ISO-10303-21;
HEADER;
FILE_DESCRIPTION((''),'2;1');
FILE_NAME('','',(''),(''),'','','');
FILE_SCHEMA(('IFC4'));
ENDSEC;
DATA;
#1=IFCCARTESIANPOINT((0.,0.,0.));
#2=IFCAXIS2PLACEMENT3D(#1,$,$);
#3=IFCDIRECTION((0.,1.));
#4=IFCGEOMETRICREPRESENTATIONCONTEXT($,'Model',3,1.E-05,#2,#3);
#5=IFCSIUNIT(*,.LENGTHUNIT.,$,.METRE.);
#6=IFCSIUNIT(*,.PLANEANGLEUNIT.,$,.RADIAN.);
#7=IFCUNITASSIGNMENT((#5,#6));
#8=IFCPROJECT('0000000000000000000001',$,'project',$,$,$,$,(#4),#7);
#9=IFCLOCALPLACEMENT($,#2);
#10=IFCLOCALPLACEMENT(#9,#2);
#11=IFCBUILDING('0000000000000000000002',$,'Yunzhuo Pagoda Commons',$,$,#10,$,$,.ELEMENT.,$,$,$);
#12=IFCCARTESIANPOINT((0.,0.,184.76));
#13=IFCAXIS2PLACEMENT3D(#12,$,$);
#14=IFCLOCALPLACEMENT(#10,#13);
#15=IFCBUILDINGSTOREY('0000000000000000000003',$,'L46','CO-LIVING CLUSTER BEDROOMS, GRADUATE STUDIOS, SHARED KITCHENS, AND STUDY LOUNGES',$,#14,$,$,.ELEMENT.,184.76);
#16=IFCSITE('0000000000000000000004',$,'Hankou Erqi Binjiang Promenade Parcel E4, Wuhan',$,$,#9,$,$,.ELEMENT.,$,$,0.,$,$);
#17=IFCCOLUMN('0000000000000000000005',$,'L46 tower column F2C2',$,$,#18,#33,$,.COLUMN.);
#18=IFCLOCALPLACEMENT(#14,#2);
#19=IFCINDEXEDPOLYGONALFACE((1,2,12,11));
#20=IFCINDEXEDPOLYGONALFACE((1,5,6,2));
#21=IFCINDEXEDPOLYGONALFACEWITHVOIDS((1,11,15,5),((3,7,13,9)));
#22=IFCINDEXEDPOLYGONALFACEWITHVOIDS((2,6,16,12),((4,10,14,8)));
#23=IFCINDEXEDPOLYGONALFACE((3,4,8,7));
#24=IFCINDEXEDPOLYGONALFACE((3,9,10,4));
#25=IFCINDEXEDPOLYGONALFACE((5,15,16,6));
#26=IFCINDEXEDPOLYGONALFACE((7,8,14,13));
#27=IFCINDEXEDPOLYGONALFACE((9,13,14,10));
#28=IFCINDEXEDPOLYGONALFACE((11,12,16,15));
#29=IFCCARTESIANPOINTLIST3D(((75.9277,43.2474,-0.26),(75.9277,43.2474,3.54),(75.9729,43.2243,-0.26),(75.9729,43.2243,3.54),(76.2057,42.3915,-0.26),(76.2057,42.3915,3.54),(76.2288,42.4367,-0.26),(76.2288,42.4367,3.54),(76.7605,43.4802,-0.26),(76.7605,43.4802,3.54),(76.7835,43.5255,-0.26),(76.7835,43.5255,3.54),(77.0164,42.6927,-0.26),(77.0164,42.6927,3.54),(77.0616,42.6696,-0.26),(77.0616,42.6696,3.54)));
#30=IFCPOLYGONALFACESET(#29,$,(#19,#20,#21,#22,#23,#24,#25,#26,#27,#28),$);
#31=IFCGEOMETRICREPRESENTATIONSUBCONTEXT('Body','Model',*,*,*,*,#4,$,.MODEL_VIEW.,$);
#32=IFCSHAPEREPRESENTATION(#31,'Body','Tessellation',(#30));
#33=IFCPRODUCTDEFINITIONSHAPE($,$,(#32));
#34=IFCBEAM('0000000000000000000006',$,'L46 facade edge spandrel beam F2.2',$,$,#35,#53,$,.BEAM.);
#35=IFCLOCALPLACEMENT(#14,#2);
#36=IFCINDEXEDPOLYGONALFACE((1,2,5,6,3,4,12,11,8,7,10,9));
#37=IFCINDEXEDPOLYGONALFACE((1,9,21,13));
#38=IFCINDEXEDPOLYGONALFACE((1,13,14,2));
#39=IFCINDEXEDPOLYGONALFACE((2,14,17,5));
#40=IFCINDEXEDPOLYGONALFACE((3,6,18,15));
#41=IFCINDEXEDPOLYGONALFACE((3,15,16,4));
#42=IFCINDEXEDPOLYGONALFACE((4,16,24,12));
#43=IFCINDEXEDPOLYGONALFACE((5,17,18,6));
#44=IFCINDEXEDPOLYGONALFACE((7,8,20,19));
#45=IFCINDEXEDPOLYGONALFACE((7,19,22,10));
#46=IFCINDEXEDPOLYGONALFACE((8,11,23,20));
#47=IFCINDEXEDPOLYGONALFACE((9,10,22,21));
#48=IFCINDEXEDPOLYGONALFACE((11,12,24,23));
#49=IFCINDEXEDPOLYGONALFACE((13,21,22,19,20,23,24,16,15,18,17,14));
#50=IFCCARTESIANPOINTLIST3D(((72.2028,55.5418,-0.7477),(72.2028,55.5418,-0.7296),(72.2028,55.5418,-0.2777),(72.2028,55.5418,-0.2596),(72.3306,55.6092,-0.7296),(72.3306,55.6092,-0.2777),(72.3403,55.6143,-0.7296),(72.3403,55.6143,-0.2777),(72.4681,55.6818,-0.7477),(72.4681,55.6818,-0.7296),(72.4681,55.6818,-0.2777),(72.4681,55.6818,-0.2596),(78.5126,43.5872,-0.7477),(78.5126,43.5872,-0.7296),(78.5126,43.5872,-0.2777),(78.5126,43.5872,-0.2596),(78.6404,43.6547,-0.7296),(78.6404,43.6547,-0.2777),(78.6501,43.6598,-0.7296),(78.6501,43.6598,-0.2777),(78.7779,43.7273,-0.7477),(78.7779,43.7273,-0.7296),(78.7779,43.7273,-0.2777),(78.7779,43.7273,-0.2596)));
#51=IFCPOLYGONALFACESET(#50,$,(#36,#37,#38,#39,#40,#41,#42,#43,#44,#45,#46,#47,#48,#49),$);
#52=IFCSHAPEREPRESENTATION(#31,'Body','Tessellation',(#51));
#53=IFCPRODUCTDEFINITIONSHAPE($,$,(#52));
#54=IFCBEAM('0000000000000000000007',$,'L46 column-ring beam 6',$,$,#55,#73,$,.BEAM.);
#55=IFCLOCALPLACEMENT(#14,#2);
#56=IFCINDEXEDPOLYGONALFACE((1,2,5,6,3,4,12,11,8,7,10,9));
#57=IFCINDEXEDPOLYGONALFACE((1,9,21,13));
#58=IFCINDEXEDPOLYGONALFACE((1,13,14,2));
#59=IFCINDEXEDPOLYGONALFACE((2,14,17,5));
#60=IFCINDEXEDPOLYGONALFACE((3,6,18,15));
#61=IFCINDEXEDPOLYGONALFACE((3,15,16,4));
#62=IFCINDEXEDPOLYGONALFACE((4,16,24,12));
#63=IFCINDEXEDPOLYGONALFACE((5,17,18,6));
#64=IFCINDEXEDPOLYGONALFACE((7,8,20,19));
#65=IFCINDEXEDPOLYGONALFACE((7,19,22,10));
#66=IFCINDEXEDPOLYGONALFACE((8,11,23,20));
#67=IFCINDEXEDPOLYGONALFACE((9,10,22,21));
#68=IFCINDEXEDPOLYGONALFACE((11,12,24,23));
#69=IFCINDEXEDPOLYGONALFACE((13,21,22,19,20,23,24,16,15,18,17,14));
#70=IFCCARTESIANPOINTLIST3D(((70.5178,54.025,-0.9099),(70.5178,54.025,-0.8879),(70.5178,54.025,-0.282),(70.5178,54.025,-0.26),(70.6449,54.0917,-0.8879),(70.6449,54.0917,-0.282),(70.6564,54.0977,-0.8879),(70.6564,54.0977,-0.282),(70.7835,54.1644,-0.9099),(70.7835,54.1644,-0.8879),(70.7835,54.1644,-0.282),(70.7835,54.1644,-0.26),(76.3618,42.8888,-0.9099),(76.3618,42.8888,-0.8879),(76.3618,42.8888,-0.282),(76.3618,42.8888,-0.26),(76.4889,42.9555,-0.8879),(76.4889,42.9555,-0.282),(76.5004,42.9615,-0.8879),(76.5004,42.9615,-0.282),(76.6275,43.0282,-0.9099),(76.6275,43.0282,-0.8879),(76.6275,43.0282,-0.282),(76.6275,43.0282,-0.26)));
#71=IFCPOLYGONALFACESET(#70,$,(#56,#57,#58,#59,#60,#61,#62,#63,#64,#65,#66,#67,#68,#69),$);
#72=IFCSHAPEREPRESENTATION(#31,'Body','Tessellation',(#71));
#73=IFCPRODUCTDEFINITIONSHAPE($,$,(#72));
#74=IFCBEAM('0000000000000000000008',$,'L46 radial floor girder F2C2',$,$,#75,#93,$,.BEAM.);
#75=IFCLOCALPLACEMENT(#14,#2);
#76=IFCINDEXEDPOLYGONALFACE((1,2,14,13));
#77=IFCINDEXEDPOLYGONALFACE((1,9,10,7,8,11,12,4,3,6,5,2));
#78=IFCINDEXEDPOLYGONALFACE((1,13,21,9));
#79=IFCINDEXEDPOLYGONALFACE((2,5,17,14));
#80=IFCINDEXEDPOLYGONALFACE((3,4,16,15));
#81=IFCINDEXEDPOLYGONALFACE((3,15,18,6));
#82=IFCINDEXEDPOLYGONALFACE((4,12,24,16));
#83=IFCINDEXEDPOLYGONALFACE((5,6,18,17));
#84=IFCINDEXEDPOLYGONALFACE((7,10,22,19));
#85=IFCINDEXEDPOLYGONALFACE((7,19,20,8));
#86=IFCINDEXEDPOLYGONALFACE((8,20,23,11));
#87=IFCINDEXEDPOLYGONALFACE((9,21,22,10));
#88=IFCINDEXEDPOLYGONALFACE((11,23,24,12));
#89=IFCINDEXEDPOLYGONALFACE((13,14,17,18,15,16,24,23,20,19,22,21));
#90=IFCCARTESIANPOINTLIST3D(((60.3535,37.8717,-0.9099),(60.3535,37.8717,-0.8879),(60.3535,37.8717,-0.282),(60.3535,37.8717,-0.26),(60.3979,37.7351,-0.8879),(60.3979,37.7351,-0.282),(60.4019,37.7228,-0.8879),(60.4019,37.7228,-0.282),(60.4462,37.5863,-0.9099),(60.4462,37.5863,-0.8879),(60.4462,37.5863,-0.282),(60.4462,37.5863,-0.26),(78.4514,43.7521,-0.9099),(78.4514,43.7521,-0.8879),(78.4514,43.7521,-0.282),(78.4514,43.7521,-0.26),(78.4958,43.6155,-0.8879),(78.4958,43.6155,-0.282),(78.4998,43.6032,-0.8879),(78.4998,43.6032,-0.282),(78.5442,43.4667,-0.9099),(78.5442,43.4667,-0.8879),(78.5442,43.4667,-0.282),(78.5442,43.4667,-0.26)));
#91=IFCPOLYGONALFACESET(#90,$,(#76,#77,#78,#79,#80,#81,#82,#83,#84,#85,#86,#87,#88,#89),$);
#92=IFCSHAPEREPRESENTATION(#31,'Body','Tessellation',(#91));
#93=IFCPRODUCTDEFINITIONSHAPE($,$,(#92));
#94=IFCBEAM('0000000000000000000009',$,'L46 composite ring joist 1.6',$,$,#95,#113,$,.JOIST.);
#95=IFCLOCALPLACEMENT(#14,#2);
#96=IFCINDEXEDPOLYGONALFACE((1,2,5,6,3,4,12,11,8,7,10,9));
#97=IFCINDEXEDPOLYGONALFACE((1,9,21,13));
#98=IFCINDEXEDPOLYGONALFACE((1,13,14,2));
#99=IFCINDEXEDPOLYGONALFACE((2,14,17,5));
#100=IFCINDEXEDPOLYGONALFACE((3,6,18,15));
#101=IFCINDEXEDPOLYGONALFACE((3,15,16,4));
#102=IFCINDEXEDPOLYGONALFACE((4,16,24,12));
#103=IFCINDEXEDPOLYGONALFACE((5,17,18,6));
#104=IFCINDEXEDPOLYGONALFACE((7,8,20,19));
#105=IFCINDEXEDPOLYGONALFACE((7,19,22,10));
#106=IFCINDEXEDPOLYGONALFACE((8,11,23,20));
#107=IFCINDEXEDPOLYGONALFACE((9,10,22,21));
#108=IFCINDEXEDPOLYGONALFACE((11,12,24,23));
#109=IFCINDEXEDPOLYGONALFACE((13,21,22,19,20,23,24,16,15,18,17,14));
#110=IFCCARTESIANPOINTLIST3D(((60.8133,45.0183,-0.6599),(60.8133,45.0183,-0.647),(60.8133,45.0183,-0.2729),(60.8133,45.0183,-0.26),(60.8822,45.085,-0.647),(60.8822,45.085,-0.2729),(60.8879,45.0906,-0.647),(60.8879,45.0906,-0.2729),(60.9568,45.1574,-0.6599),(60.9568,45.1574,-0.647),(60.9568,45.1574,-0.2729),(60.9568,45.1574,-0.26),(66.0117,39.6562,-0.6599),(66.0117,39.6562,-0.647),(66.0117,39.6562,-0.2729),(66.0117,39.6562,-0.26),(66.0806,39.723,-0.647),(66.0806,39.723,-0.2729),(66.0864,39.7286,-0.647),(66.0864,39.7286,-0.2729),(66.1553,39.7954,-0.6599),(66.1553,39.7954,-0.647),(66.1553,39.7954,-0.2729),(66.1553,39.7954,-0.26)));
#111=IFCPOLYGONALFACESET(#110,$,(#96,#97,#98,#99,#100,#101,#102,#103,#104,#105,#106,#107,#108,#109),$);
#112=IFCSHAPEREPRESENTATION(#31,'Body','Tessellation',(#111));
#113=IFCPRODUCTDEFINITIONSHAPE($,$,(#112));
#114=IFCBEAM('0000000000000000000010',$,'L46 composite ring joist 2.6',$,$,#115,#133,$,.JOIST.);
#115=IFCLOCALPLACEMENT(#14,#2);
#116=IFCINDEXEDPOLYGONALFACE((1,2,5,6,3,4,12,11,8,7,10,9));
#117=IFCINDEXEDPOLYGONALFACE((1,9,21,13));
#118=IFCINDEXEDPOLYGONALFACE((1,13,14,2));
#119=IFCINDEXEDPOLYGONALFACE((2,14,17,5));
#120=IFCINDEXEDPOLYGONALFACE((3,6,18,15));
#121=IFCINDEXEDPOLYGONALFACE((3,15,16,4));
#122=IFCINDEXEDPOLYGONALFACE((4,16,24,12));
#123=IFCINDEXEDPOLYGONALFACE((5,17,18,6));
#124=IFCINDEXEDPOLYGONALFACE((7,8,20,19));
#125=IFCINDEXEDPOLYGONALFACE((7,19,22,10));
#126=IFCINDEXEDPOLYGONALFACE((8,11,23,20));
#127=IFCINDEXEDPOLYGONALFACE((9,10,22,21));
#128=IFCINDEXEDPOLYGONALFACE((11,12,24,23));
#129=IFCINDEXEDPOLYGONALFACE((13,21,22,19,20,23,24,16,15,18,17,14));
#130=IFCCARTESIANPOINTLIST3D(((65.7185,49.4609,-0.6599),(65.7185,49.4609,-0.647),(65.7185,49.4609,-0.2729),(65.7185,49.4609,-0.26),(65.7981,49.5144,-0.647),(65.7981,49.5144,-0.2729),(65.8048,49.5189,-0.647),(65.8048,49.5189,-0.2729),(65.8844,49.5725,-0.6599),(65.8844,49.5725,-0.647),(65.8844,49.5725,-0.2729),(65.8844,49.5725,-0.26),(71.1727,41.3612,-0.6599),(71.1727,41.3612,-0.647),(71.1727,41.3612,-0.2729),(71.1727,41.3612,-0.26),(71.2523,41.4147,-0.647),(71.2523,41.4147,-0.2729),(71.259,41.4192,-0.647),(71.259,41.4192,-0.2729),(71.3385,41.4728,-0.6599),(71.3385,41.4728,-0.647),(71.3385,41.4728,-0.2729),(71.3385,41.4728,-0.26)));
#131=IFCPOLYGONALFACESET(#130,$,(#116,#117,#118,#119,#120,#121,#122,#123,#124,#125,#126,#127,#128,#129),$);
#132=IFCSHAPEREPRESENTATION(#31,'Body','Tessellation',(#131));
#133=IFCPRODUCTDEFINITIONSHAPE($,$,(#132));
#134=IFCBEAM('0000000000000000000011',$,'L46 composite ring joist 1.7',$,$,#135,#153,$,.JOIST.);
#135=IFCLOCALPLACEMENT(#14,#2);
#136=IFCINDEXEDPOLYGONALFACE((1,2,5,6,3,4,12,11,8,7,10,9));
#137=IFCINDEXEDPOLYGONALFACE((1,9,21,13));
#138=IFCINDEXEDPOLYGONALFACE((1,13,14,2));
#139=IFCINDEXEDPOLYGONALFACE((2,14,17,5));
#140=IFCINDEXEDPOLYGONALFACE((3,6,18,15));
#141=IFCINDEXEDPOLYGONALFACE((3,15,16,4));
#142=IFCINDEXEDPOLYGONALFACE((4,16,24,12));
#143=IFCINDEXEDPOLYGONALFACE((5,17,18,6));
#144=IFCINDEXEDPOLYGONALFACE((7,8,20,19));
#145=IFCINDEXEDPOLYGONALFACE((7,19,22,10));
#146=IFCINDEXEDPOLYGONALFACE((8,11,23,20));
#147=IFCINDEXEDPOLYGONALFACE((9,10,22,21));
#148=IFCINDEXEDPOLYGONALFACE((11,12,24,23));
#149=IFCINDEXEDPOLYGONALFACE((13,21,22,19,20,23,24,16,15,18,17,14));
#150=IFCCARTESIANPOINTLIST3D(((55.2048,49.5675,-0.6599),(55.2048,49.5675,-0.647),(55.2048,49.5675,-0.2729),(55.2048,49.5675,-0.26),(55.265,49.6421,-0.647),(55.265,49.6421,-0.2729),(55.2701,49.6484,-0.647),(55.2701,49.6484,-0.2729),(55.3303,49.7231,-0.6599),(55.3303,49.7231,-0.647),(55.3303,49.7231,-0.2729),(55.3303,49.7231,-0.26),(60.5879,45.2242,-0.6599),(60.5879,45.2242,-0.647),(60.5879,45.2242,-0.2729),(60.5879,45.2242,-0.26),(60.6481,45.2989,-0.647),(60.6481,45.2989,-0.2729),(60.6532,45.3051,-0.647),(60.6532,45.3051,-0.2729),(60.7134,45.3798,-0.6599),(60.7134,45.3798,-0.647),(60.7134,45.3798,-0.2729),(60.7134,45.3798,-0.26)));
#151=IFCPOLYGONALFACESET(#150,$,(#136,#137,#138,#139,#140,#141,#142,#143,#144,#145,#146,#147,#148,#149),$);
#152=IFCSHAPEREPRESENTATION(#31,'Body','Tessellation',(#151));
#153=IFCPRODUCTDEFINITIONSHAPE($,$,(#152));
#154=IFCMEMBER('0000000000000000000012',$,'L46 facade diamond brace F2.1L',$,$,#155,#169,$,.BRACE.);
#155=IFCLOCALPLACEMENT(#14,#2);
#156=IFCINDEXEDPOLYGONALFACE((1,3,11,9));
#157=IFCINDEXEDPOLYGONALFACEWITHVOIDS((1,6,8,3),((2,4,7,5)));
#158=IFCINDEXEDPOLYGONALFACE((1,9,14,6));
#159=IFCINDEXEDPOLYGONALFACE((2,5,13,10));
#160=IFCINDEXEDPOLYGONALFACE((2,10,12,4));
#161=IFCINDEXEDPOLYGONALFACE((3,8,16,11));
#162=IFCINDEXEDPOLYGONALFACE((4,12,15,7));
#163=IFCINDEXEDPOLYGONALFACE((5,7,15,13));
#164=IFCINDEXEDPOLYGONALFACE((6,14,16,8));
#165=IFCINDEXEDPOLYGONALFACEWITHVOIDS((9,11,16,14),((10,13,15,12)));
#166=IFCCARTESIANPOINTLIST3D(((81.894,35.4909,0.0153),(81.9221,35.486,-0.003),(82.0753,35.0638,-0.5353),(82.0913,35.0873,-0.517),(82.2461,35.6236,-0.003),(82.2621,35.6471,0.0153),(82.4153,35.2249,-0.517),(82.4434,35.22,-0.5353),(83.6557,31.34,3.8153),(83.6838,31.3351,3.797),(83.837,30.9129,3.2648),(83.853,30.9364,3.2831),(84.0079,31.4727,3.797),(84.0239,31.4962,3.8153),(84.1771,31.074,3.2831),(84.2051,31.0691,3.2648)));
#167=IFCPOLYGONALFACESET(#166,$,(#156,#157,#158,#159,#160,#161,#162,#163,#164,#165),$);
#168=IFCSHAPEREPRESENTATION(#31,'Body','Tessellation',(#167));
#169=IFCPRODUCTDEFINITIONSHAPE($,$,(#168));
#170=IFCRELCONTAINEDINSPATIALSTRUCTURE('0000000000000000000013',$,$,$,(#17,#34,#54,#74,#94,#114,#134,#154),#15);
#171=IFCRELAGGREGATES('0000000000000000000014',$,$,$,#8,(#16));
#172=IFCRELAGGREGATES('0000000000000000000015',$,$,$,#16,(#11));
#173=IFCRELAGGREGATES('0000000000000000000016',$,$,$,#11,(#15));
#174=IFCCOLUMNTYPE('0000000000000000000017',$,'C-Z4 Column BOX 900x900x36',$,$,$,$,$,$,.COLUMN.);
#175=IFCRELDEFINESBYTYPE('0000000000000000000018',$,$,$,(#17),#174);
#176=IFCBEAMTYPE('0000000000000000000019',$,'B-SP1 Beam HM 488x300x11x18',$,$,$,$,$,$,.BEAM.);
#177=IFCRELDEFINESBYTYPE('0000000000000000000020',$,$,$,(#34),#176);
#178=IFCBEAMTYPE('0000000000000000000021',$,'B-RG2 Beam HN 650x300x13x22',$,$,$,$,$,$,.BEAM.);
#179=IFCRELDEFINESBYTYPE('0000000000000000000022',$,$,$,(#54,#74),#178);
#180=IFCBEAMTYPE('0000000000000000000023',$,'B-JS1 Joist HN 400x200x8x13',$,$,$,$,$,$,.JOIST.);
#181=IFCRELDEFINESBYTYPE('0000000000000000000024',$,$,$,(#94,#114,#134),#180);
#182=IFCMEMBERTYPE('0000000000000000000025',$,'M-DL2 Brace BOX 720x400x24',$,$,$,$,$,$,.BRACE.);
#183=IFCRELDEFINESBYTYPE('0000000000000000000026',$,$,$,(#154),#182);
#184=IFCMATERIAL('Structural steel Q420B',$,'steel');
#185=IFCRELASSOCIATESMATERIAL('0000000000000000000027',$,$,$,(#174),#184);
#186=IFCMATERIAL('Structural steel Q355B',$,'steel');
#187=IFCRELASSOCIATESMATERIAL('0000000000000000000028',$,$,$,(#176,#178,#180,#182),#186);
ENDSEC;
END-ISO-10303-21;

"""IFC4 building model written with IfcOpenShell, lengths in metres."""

from ifc_helpers import new_model, si_unit, direction, frame, origin, origin_2d, place, context, subcontext, project, spatial, hollow_rectangle, i_section, extrude, source, transform, mapped, material, material_profile, profile_set, type_object, element, save


model = new_model("IFC4")

# Units and contexts
model_context = context("Model", 3, precision=1e-05, world=origin(), true_north=direction((0.0, 1.0)))
body_context = subcontext(model_context, "Body", "Model", "MODEL_VIEW")
ifc_project = project(units=[si_unit("LENGTHUNIT", "METRE"), si_unit("PLANEANGLEUNIT", "RADIAN")], contexts=[model_context])

# Site, building, storey
site_placement = place(None, origin())
site = spatial("IfcSite", under=ifc_project, at=site_placement, Name="Hankou Erqi Binjiang Promenade Parcel E4, Wuhan", CompositionType="ELEMENT", RefElevation=0.0)
building_placement = place(site_placement, origin())
building = spatial("IfcBuilding", under=site, at=building_placement, Name="Yunzhuo Pagoda Commons", CompositionType="ELEMENT")
storey_placement = place(building_placement, frame((0.0, 0.0, 184.76)))
storey = spatial("IfcBuildingStorey", under=building, at=storey_placement, Name="L46", Description="CO-LIVING CLUSTER BEDROOMS, GRADUATE STUDIOS, SHARED KITCHENS, AND STUDY LOUNGES", CompositionType="ELEMENT", Elevation=184.76)

# Column
ifc_material_1 = material(Name="Structural steel Q420B", Category="steel")
ifc_material_profile_1 = material_profile(ifc_material_1, hollow_rectangle(XDim=0.8999, YDim=0.8999, WallThickness=0.0359, at=origin_2d()), Name="Structural steel Q420B")
ifc_profile_set_1 = profile_set([ifc_material_profile_1], Name="Structural steel Q420B")
column_type = type_object("IfcColumnType", Name="C-Z4 Column BOX 900x900x36", PredefinedType="COLUMN", material=ifc_profile_set_1)
shared_shape_1 = source(origin(), body_context, "Body", "SweptSolid", [
    extrude(hollow_rectangle(XDim=0.8999, YDim=0.8999, WallThickness=0.0359, at=origin_2d()), origin(), (0.0, 0.0, 1.0), 3.8),
])
column_placement = place(storey_placement, frame((76.4946, 42.9585, -0.26), z_axis=(0.0, 0.0, 1.0), x_axis=(-0.309017, 0.951057, 0.0)))
element("IfcColumn", 1, at=column_placement, inside=storey, type_object=column_type, Name="L46 tower column F2C2", PredefinedType="COLUMN", context=body_context, shape_type="MappedRepresentation", body=[
    mapped(shared_shape_1, transform((0.0, 0.0, 0.0), scale=1.0)),
])

# Beams
ifc_material_2 = material(Name="Structural steel Q355B", Category="steel")
ifc_material_profile_2 = material_profile(ifc_material_2, i_section(OverallWidth=0.3, OverallDepth=0.488, WebThickness=0.011, FlangeThickness=0.0181, at=origin_2d()), Name="Structural steel Q355B")
ifc_profile_set_2 = profile_set([ifc_material_profile_2], Name="Structural steel Q355B")
beam_type_1 = type_object("IfcBeamType", Name="B-SP1 Beam HM 488x300x11x18", PredefinedType="BEAM", material=ifc_profile_set_2)
shared_shape_2 = source(origin(), body_context, "Body", "SweptSolid", [
    extrude(i_section(OverallWidth=0.3, OverallDepth=0.488, WebThickness=0.011, FlangeThickness=0.0181, at=origin_2d()), origin(), (0.0, 0.0, 1.0), 13.5176),
])
beam_1_placement = place(storey_placement, frame((78.6453, 43.6572, -0.5037), z_axis=(-0.466785, 0.884371, 0.0), x_axis=(-0.884371, -0.466785, 0.0)))
element("IfcBeam", 2, at=beam_1_placement, inside=storey, type_object=beam_type_1, Name="L46 facade edge spandrel beam F2.2", PredefinedType="BEAM", context=body_context, shape_type="MappedRepresentation", body=[
    mapped(shared_shape_2, transform((0.0, 0.0, 0.0), scale=1.0)),
])
ifc_material_profile_3 = material_profile(ifc_material_2, i_section(OverallWidth=0.3, OverallDepth=0.6499, WebThickness=0.0129, FlangeThickness=0.022, at=origin_2d()), Name="Structural steel Q355B")
ifc_profile_set_3 = profile_set([ifc_material_profile_3], Name="Structural steel Q355B")
beam_type_2 = type_object("IfcBeamType", Name="B-RG2 Beam HN 650x300x13x22", PredefinedType="BEAM", material=ifc_profile_set_3)
shared_shape_3 = source(origin(), body_context, "Body", "SweptSolid", [
    extrude(i_section(OverallWidth=0.3, OverallDepth=0.6499, WebThickness=0.0129, FlangeThickness=0.022, at=origin_2d()), origin(), (0.0, 0.0, 1.0), 12.5764),
])
beam_2_placement = place(storey_placement, frame((76.4946, 42.9585, -0.585), z_axis=(-0.464676, 0.885481, 0.0), x_axis=(-0.885481, -0.464676, 0.0)))
element("IfcBeam", 3, at=beam_2_placement, inside=storey, type_object=beam_type_2, Name="L46 column-ring beam 6", PredefinedType="BEAM", context=body_context, shape_type="MappedRepresentation", body=[
    mapped(shared_shape_3, transform((0.0, 0.0, 0.0), scale=1.0)),
])
shared_shape_4 = source(origin(), body_context, "Body", "SweptSolid", [
    extrude(i_section(OverallWidth=0.3, OverallDepth=0.6499, WebThickness=0.0129, FlangeThickness=0.022, at=origin_2d()), origin(), (0.0, 0.0, 1.0), 19.0293),
])
beam_3_placement = place(storey_placement, frame((78.4978, 43.6094, -0.585), z_axis=(-0.951056, -0.309017, 0.0), x_axis=(0.309017, -0.951056, 0.0)))
element("IfcBeam", 4, at=beam_3_placement, inside=storey, type_object=beam_type_2, Name="L46 radial floor girder F2C2", PredefinedType="BEAM", context=body_context, shape_type="MappedRepresentation", body=[
    mapped(shared_shape_4, transform((0.0, 0.0, 0.0), scale=1.0)),
])
ifc_material_profile_4 = material_profile(ifc_material_2, i_section(OverallWidth=0.2, OverallDepth=0.3999, WebThickness=0.0081, FlangeThickness=0.0129, at=origin_2d()), Name="Structural steel Q355B")
ifc_profile_set_4 = profile_set([ifc_material_profile_4], Name="Structural steel Q355B")
beam_type_3 = type_object("IfcBeamType", Name="B-JS1 Joist HN 400x200x8x13", PredefinedType="JOIST", material=ifc_profile_set_4)
shared_shape_5 = source(origin(), body_context, "Body", "SweptSolid", [
    extrude(i_section(OverallWidth=0.2, OverallDepth=0.3999, WebThickness=0.0081, FlangeThickness=0.0129, at=origin_2d()), origin(), (0.0, 0.0, 1.0), 7.4683),
])
beam_4_placement = place(storey_placement, frame((66.0835, 39.7258, -0.46), z_axis=(-0.696071, 0.717973, 0.0), x_axis=(-0.717973, -0.696071, 0.0)))
element("IfcBeam", 5, at=beam_4_placement, inside=storey, type_object=beam_type_3, Name="L46 composite ring joist 1.6", PredefinedType="JOIST", context=body_context, shape_type="MappedRepresentation", body=[
    mapped(shared_shape_5, transform((0.0, 0.0, 0.0), scale=1.0)),
])
shared_shape_6 = source(origin(), body_context, "Body", "SweptSolid", [
    extrude(i_section(OverallWidth=0.2, OverallDepth=0.3999, WebThickness=0.0081, FlangeThickness=0.0129, at=origin_2d()), origin(), (0.0, 0.0, 1.0), 9.7649),
])
beam_5_placement = place(storey_placement, frame((71.2556, 41.417, -0.46), z_axis=(-0.558548, 0.829472, 0.0), x_axis=(-0.829472, -0.558548, 0.0)))
element("IfcBeam", 6, at=beam_5_placement, inside=storey, type_object=beam_type_3, Name="L46 composite ring joist 2.6", PredefinedType="JOIST", context=body_context, shape_type="MappedRepresentation", body=[
    mapped(shared_shape_6, transform((0.0, 0.0, 0.0), scale=1.0)),
])
shared_shape_7 = source(origin(), body_context, "Body", "SweptSolid", [
    extrude(i_section(OverallWidth=0.2, OverallDepth=0.3999, WebThickness=0.0081, FlangeThickness=0.0129, at=origin_2d()), origin(), (0.0, 0.0, 1.0), 6.9167),
])
beam_6_placement = place(storey_placement, frame((60.6506, 45.302, -0.46), z_axis=(-0.778266, 0.627935, 0.0), x_axis=(-0.627935, -0.778266, 0.0)))
element("IfcBeam", 7, at=beam_6_placement, inside=storey, type_object=beam_type_3, Name="L46 composite ring joist 1.7", PredefinedType="JOIST", context=body_context, shape_type="MappedRepresentation", body=[
    mapped(shared_shape_7, transform((0.0, 0.0, 0.0), scale=1.0)),
])

# Member
ifc_material_profile_5 = material_profile(ifc_material_2, hollow_rectangle(XDim=0.3999, YDim=0.72, WallThickness=0.0239, at=origin_2d()), Name="Structural steel Q355B")
ifc_profile_set_5 = profile_set([ifc_material_profile_5], Name="Structural steel Q355B")
member_type_1 = type_object("IfcMemberType", Name="M-DL2 Brace BOX 720x400x24", PredefinedType="BRACE", material=ifc_profile_set_5)
shared_shape_8 = source(origin(), body_context, "Body", "SweptSolid", [
    extrude(hollow_rectangle(XDim=0.3999, YDim=0.72, WallThickness=0.0239, at=origin_2d()), origin(), (0.0, 0.0, 1.0), 5.897),
])
for number, where, z_axis, x_axis, name in (
    (8, (82.1687, 35.3555, -0.26), (0.298752, -0.703905, 0.644411), (0.920523, 0.390689, 0.0), "L46 facade diamond brace F2.1L"),
):
    element("IfcMember", number, at=place(storey_placement, frame(where, z_axis=z_axis, x_axis=x_axis)), inside=storey, type_object=member_type_1, Name=name, PredefinedType="BRACE", context=body_context, shape_type="MappedRepresentation", body=[
        mapped(shared_shape_8, transform((0.0, 0.0, 0.0), scale=1.0)),
    ])

save(model, "model.ifc")
